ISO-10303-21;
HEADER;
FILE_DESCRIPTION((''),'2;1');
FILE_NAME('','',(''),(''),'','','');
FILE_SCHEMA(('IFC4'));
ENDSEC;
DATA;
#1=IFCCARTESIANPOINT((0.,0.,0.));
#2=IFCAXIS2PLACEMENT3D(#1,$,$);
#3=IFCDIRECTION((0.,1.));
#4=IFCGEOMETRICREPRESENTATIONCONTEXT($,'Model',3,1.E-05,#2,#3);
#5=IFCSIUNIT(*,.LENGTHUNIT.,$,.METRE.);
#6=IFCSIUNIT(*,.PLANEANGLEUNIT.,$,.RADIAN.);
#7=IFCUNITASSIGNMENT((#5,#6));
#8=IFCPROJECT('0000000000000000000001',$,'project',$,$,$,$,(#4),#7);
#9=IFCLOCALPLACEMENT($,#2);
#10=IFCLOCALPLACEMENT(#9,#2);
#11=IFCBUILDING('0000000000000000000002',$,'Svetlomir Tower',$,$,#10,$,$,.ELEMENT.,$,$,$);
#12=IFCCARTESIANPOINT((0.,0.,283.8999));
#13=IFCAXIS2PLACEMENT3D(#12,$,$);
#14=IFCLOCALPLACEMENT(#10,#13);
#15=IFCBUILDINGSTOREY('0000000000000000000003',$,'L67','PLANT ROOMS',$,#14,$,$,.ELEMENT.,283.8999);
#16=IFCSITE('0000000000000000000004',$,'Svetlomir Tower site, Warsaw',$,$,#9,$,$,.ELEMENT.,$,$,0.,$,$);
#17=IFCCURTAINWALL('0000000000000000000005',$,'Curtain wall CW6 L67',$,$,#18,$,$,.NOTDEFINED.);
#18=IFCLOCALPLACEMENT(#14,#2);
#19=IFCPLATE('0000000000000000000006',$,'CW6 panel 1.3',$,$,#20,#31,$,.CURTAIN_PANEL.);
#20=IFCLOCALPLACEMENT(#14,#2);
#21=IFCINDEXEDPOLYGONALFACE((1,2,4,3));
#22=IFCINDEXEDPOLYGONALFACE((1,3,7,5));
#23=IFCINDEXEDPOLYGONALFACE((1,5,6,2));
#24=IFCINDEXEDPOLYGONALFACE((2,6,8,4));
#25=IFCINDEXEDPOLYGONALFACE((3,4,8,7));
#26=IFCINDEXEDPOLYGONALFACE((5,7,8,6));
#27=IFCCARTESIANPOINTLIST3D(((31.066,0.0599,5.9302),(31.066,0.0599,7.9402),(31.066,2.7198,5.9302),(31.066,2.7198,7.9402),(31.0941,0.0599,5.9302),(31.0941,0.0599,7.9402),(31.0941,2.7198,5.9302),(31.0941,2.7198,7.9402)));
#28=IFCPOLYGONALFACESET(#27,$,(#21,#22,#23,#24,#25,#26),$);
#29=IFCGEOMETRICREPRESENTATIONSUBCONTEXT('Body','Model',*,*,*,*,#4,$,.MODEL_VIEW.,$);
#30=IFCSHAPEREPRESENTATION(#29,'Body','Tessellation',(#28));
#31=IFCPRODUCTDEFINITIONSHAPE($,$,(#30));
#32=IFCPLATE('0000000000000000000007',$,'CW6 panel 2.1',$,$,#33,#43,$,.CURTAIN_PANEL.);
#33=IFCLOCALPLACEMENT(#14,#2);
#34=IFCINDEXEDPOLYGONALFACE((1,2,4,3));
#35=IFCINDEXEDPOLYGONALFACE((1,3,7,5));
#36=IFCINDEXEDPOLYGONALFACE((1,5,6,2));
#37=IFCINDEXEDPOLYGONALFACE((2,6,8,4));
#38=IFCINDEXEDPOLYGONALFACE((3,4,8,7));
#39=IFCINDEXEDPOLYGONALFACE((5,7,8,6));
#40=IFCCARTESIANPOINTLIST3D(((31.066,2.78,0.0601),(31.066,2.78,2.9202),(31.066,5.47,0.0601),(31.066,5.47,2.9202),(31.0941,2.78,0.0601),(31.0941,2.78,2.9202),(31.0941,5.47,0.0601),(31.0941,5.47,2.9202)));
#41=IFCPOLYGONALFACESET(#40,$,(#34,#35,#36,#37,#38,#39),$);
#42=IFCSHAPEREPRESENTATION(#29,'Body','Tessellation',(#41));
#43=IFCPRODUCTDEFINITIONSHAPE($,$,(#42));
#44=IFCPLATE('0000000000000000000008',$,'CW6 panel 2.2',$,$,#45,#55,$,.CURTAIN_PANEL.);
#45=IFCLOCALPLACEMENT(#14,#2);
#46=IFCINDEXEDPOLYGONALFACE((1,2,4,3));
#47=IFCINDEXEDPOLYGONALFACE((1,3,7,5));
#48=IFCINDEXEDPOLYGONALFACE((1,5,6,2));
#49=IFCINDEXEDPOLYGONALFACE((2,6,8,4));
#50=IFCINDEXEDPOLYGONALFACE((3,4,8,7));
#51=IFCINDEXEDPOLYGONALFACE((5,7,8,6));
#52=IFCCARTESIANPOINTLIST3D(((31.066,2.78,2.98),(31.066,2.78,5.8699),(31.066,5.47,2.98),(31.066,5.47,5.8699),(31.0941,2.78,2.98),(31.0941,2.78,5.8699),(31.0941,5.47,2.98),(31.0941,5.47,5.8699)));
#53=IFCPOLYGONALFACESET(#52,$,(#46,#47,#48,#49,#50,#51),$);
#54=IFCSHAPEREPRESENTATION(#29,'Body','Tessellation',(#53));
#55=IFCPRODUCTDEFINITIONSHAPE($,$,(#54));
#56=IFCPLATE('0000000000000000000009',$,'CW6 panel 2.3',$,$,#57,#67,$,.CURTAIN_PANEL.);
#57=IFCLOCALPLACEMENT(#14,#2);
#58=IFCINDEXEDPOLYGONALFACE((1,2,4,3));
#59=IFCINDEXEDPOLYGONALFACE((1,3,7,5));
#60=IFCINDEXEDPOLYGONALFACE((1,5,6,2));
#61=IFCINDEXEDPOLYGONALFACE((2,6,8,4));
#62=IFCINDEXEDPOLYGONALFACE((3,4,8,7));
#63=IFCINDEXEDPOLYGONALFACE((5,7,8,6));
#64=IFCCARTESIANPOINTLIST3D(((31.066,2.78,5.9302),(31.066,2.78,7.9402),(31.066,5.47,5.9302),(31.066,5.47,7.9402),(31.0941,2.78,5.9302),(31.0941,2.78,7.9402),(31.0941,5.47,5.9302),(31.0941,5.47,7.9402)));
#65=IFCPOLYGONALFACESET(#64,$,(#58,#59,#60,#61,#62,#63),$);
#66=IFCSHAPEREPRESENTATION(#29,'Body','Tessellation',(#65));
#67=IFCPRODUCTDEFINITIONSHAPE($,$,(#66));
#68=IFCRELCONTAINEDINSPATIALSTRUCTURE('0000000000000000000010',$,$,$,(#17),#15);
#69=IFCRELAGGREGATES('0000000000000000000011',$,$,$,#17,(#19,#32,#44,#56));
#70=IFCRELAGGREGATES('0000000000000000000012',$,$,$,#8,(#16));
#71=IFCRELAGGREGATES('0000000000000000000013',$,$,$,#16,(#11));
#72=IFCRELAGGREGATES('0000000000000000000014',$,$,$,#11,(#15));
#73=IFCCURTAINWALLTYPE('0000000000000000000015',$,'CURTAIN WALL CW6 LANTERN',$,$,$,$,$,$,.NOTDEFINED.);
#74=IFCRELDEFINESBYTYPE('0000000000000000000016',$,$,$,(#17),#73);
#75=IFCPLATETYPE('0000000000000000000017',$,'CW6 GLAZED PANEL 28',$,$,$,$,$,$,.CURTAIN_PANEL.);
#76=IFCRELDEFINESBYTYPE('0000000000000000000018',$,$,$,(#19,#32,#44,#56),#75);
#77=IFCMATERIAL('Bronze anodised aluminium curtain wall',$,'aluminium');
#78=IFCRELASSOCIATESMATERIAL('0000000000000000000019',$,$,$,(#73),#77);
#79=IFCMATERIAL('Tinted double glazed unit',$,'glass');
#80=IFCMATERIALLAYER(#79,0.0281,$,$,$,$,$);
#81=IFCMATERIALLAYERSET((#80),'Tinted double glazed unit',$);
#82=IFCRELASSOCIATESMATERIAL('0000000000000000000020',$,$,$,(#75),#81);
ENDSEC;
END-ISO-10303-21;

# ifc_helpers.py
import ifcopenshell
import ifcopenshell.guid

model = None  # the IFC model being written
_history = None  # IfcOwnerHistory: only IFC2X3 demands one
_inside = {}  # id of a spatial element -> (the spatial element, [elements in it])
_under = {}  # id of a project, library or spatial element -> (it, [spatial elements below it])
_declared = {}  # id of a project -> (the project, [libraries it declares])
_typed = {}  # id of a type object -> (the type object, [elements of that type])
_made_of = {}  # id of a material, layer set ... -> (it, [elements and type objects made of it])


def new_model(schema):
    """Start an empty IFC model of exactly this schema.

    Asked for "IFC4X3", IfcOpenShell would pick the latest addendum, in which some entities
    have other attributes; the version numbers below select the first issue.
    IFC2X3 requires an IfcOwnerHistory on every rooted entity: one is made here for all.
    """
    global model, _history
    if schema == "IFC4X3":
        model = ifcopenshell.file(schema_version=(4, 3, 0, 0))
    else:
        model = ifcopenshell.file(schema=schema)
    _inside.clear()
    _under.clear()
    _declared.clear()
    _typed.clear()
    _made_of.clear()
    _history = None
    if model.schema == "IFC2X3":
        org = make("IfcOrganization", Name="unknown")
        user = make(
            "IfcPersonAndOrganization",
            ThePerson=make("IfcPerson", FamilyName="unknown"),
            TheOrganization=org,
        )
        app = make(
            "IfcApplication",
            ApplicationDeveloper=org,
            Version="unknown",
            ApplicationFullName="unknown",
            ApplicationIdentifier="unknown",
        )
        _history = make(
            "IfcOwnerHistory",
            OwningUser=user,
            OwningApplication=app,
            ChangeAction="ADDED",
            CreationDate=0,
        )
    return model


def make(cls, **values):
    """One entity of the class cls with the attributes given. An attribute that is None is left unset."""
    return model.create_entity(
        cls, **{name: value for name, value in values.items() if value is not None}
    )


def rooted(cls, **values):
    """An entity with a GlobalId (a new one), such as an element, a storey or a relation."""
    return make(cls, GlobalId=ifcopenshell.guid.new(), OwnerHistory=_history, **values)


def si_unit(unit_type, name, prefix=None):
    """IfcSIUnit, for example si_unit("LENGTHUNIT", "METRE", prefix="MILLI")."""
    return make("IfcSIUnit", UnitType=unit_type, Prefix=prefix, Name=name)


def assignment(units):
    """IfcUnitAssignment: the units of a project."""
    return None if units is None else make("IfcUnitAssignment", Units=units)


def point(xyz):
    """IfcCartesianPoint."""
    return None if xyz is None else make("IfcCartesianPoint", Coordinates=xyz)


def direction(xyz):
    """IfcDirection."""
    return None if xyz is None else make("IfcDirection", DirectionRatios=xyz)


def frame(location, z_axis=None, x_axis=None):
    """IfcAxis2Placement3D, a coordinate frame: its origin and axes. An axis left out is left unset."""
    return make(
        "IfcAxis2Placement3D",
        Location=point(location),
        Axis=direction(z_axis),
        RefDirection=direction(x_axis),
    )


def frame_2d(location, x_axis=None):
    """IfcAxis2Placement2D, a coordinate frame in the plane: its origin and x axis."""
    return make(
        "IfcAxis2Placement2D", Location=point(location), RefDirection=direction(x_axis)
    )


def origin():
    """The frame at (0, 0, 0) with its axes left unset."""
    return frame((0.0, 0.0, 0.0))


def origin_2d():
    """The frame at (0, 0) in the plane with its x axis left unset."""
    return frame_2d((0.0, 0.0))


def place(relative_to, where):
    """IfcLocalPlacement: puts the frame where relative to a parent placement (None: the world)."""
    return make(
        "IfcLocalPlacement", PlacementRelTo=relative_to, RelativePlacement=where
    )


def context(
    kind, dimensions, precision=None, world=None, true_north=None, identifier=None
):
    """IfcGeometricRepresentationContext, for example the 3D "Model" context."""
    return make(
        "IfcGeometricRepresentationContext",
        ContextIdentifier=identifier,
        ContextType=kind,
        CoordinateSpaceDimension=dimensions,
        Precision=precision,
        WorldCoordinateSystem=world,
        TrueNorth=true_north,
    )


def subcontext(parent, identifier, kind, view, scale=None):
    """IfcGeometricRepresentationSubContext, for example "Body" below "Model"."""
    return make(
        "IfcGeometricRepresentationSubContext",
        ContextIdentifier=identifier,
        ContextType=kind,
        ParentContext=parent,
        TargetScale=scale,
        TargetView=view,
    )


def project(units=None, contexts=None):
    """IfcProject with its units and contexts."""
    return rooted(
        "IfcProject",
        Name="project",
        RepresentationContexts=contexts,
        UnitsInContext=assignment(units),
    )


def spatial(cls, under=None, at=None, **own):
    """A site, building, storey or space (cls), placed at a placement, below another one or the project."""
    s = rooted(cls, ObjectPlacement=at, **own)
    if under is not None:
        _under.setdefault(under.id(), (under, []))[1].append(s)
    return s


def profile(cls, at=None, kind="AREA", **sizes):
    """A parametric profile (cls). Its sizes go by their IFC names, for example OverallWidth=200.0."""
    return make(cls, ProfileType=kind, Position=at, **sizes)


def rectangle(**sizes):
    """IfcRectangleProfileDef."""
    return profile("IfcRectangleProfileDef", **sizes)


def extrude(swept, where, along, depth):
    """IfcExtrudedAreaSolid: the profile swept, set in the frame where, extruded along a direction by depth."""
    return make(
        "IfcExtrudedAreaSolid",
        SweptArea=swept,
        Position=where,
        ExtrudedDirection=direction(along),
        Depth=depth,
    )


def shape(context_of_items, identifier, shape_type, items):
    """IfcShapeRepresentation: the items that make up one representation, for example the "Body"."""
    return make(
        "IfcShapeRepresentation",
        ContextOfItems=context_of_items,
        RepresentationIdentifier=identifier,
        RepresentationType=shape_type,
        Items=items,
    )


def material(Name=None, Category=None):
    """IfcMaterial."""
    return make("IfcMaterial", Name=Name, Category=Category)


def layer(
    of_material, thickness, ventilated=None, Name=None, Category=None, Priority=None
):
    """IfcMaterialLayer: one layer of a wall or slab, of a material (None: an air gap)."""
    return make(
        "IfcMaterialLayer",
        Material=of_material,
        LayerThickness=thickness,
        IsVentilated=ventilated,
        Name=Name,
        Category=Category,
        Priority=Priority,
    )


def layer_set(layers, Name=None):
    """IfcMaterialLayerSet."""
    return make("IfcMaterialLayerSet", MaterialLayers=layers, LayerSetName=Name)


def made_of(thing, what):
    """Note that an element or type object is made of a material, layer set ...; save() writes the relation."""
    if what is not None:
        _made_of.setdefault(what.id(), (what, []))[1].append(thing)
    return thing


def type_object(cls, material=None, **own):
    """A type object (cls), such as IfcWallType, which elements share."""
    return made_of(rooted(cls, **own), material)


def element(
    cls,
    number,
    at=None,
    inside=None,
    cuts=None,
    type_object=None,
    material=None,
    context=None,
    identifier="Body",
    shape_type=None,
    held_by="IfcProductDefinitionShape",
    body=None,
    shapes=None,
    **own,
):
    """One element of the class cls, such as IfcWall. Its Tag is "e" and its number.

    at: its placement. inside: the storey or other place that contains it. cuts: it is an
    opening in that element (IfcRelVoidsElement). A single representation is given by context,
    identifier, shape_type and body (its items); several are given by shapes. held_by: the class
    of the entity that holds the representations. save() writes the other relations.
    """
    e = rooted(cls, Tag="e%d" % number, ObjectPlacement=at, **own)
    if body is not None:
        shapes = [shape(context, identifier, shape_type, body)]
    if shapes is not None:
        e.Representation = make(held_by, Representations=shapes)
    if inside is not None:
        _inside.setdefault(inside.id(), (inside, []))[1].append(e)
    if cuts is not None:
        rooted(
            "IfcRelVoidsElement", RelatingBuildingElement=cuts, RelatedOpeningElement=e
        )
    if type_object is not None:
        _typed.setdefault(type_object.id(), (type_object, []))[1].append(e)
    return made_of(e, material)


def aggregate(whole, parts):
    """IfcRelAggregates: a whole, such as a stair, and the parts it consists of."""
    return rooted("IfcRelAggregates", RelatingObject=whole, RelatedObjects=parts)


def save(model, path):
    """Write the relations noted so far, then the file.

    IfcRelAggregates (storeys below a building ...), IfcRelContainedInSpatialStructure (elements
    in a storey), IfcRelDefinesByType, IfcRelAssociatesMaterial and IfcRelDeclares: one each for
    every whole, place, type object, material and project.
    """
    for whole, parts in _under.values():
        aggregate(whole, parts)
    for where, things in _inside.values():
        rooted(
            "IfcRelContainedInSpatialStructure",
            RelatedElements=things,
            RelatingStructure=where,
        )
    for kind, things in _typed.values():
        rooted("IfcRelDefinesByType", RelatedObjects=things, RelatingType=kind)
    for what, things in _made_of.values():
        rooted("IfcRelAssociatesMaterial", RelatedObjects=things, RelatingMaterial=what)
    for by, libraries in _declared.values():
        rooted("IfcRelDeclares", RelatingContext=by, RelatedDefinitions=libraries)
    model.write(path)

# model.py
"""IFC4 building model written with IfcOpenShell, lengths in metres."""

from ifc_helpers import new_model, si_unit, direction, frame, origin, origin_2d, place, context, subcontext, project, spatial, rectangle, extrude, material, layer, layer_set, type_object, element, aggregate, save


model = new_model("IFC4")

# Units and contexts
model_context = context("Model", 3, precision=1e-05, world=origin(), true_north=direction((0.0, 1.0)))
body_context = subcontext(model_context, "Body", "Model", "MODEL_VIEW")
ifc_project = project(units=[si_unit("LENGTHUNIT", "METRE"), si_unit("PLANEANGLEUNIT", "RADIAN")], contexts=[model_context])

# Site, building, storey
site_placement = place(None, origin())
site = spatial("IfcSite", under=ifc_project, at=site_placement, Name="Svetlomir Tower site, Warsaw", CompositionType="ELEMENT", RefElevation=0.0)
building_placement = place(site_placement, origin())
building = spatial("IfcBuilding", under=site, at=building_placement, Name="Svetlomir Tower", CompositionType="ELEMENT")
storey_placement = place(building_placement, frame((0.0, 0.0, 283.8999)))
storey = spatial("IfcBuildingStorey", under=building, at=storey_placement, Name="L67", Description="PLANT ROOMS", CompositionType="ELEMENT", Elevation=283.8999)

# Curtain wall, plates
ifc_material_1 = material(Name="Bronze anodised aluminium curtain wall", Category="aluminium")
curtain_wall_type = type_object("IfcCurtainWallType", Name="CURTAIN WALL CW6 LANTERN", PredefinedType="NOTDEFINED", material=ifc_material_1)
curtain_wall_placement = place(storey_placement, origin())
curtain_wall = element("IfcCurtainWall", 1, at=curtain_wall_placement, inside=storey, type_object=curtain_wall_type, Name="Curtain wall CW6 L67", PredefinedType="NOTDEFINED")
ifc_material_2 = material(Name="Tinted double glazed unit", Category="glass")
ifc_layer = layer(ifc_material_2, 0.0281)
ifc_layer_set = layer_set([ifc_layer], Name="Tinted double glazed unit")
plate_type = type_object("IfcPlateType", Name="CW6 GLAZED PANEL 28", PredefinedType="CURTAIN_PANEL", material=ifc_layer_set)
plate_1_placement = place(storey_placement, frame((31.0801, 1.3899, 5.9302), z_axis=(0.0, 0.0, 1.0), x_axis=(0.0, 1.0, 0.0)))
plate_1 = element("IfcPlate", 2, at=plate_1_placement, type_object=plate_type, Name="CW6 panel 1.3", PredefinedType="CURTAIN_PANEL", context=body_context, shape_type="SweptSolid", body=[
    extrude(rectangle(XDim=2.6599, YDim=0.0281, at=origin_2d()), origin(), (0.0, 0.0, 1.0), 2.01),
])
plate_2_placement = place(storey_placement, frame((31.0801, 4.125, 0.0601), z_axis=(0.0, 0.0, 1.0), x_axis=(0.0, 1.0, 0.0)))
plate_2 = element("IfcPlate", 3, at=plate_2_placement, type_object=plate_type, Name="CW6 panel 2.1", PredefinedType="CURTAIN_PANEL", context=body_context, shape_type="SweptSolid", body=[
    extrude(rectangle(XDim=2.6899, YDim=0.0281, at=origin_2d()), origin(), (0.0, 0.0, 1.0), 2.8601),
])
plate_3_placement = place(storey_placement, frame((31.0801, 4.125, 2.98), z_axis=(0.0, 0.0, 1.0), x_axis=(0.0, 1.0, 0.0)))
plate_3 = element("IfcPlate", 4, at=plate_3_placement, type_object=plate_type, Name="CW6 panel 2.2", PredefinedType="CURTAIN_PANEL", context=body_context, shape_type="SweptSolid", body=[
    extrude(rectangle(XDim=2.6899, YDim=0.0281, at=origin_2d()), origin(), (0.0, 0.0, 1.0), 2.8899),
])
plate_4_placement = place(storey_placement, frame((31.0801, 4.125, 5.9302), z_axis=(0.0, 0.0, 1.0), x_axis=(0.0, 1.0, 0.0)))
plate_4 = element("IfcPlate", 5, at=plate_4_placement, type_object=plate_type, Name="CW6 panel 2.3", PredefinedType="CURTAIN_PANEL", context=body_context, shape_type="SweptSolid", body=[
    extrude(rectangle(XDim=2.6899, YDim=0.0281, at=origin_2d()), origin(), (0.0, 0.0, 1.0), 2.01),
])
aggregate(curtain_wall, [plate_1, plate_2, plate_3, plate_4])

save(model, "model.ifc")
